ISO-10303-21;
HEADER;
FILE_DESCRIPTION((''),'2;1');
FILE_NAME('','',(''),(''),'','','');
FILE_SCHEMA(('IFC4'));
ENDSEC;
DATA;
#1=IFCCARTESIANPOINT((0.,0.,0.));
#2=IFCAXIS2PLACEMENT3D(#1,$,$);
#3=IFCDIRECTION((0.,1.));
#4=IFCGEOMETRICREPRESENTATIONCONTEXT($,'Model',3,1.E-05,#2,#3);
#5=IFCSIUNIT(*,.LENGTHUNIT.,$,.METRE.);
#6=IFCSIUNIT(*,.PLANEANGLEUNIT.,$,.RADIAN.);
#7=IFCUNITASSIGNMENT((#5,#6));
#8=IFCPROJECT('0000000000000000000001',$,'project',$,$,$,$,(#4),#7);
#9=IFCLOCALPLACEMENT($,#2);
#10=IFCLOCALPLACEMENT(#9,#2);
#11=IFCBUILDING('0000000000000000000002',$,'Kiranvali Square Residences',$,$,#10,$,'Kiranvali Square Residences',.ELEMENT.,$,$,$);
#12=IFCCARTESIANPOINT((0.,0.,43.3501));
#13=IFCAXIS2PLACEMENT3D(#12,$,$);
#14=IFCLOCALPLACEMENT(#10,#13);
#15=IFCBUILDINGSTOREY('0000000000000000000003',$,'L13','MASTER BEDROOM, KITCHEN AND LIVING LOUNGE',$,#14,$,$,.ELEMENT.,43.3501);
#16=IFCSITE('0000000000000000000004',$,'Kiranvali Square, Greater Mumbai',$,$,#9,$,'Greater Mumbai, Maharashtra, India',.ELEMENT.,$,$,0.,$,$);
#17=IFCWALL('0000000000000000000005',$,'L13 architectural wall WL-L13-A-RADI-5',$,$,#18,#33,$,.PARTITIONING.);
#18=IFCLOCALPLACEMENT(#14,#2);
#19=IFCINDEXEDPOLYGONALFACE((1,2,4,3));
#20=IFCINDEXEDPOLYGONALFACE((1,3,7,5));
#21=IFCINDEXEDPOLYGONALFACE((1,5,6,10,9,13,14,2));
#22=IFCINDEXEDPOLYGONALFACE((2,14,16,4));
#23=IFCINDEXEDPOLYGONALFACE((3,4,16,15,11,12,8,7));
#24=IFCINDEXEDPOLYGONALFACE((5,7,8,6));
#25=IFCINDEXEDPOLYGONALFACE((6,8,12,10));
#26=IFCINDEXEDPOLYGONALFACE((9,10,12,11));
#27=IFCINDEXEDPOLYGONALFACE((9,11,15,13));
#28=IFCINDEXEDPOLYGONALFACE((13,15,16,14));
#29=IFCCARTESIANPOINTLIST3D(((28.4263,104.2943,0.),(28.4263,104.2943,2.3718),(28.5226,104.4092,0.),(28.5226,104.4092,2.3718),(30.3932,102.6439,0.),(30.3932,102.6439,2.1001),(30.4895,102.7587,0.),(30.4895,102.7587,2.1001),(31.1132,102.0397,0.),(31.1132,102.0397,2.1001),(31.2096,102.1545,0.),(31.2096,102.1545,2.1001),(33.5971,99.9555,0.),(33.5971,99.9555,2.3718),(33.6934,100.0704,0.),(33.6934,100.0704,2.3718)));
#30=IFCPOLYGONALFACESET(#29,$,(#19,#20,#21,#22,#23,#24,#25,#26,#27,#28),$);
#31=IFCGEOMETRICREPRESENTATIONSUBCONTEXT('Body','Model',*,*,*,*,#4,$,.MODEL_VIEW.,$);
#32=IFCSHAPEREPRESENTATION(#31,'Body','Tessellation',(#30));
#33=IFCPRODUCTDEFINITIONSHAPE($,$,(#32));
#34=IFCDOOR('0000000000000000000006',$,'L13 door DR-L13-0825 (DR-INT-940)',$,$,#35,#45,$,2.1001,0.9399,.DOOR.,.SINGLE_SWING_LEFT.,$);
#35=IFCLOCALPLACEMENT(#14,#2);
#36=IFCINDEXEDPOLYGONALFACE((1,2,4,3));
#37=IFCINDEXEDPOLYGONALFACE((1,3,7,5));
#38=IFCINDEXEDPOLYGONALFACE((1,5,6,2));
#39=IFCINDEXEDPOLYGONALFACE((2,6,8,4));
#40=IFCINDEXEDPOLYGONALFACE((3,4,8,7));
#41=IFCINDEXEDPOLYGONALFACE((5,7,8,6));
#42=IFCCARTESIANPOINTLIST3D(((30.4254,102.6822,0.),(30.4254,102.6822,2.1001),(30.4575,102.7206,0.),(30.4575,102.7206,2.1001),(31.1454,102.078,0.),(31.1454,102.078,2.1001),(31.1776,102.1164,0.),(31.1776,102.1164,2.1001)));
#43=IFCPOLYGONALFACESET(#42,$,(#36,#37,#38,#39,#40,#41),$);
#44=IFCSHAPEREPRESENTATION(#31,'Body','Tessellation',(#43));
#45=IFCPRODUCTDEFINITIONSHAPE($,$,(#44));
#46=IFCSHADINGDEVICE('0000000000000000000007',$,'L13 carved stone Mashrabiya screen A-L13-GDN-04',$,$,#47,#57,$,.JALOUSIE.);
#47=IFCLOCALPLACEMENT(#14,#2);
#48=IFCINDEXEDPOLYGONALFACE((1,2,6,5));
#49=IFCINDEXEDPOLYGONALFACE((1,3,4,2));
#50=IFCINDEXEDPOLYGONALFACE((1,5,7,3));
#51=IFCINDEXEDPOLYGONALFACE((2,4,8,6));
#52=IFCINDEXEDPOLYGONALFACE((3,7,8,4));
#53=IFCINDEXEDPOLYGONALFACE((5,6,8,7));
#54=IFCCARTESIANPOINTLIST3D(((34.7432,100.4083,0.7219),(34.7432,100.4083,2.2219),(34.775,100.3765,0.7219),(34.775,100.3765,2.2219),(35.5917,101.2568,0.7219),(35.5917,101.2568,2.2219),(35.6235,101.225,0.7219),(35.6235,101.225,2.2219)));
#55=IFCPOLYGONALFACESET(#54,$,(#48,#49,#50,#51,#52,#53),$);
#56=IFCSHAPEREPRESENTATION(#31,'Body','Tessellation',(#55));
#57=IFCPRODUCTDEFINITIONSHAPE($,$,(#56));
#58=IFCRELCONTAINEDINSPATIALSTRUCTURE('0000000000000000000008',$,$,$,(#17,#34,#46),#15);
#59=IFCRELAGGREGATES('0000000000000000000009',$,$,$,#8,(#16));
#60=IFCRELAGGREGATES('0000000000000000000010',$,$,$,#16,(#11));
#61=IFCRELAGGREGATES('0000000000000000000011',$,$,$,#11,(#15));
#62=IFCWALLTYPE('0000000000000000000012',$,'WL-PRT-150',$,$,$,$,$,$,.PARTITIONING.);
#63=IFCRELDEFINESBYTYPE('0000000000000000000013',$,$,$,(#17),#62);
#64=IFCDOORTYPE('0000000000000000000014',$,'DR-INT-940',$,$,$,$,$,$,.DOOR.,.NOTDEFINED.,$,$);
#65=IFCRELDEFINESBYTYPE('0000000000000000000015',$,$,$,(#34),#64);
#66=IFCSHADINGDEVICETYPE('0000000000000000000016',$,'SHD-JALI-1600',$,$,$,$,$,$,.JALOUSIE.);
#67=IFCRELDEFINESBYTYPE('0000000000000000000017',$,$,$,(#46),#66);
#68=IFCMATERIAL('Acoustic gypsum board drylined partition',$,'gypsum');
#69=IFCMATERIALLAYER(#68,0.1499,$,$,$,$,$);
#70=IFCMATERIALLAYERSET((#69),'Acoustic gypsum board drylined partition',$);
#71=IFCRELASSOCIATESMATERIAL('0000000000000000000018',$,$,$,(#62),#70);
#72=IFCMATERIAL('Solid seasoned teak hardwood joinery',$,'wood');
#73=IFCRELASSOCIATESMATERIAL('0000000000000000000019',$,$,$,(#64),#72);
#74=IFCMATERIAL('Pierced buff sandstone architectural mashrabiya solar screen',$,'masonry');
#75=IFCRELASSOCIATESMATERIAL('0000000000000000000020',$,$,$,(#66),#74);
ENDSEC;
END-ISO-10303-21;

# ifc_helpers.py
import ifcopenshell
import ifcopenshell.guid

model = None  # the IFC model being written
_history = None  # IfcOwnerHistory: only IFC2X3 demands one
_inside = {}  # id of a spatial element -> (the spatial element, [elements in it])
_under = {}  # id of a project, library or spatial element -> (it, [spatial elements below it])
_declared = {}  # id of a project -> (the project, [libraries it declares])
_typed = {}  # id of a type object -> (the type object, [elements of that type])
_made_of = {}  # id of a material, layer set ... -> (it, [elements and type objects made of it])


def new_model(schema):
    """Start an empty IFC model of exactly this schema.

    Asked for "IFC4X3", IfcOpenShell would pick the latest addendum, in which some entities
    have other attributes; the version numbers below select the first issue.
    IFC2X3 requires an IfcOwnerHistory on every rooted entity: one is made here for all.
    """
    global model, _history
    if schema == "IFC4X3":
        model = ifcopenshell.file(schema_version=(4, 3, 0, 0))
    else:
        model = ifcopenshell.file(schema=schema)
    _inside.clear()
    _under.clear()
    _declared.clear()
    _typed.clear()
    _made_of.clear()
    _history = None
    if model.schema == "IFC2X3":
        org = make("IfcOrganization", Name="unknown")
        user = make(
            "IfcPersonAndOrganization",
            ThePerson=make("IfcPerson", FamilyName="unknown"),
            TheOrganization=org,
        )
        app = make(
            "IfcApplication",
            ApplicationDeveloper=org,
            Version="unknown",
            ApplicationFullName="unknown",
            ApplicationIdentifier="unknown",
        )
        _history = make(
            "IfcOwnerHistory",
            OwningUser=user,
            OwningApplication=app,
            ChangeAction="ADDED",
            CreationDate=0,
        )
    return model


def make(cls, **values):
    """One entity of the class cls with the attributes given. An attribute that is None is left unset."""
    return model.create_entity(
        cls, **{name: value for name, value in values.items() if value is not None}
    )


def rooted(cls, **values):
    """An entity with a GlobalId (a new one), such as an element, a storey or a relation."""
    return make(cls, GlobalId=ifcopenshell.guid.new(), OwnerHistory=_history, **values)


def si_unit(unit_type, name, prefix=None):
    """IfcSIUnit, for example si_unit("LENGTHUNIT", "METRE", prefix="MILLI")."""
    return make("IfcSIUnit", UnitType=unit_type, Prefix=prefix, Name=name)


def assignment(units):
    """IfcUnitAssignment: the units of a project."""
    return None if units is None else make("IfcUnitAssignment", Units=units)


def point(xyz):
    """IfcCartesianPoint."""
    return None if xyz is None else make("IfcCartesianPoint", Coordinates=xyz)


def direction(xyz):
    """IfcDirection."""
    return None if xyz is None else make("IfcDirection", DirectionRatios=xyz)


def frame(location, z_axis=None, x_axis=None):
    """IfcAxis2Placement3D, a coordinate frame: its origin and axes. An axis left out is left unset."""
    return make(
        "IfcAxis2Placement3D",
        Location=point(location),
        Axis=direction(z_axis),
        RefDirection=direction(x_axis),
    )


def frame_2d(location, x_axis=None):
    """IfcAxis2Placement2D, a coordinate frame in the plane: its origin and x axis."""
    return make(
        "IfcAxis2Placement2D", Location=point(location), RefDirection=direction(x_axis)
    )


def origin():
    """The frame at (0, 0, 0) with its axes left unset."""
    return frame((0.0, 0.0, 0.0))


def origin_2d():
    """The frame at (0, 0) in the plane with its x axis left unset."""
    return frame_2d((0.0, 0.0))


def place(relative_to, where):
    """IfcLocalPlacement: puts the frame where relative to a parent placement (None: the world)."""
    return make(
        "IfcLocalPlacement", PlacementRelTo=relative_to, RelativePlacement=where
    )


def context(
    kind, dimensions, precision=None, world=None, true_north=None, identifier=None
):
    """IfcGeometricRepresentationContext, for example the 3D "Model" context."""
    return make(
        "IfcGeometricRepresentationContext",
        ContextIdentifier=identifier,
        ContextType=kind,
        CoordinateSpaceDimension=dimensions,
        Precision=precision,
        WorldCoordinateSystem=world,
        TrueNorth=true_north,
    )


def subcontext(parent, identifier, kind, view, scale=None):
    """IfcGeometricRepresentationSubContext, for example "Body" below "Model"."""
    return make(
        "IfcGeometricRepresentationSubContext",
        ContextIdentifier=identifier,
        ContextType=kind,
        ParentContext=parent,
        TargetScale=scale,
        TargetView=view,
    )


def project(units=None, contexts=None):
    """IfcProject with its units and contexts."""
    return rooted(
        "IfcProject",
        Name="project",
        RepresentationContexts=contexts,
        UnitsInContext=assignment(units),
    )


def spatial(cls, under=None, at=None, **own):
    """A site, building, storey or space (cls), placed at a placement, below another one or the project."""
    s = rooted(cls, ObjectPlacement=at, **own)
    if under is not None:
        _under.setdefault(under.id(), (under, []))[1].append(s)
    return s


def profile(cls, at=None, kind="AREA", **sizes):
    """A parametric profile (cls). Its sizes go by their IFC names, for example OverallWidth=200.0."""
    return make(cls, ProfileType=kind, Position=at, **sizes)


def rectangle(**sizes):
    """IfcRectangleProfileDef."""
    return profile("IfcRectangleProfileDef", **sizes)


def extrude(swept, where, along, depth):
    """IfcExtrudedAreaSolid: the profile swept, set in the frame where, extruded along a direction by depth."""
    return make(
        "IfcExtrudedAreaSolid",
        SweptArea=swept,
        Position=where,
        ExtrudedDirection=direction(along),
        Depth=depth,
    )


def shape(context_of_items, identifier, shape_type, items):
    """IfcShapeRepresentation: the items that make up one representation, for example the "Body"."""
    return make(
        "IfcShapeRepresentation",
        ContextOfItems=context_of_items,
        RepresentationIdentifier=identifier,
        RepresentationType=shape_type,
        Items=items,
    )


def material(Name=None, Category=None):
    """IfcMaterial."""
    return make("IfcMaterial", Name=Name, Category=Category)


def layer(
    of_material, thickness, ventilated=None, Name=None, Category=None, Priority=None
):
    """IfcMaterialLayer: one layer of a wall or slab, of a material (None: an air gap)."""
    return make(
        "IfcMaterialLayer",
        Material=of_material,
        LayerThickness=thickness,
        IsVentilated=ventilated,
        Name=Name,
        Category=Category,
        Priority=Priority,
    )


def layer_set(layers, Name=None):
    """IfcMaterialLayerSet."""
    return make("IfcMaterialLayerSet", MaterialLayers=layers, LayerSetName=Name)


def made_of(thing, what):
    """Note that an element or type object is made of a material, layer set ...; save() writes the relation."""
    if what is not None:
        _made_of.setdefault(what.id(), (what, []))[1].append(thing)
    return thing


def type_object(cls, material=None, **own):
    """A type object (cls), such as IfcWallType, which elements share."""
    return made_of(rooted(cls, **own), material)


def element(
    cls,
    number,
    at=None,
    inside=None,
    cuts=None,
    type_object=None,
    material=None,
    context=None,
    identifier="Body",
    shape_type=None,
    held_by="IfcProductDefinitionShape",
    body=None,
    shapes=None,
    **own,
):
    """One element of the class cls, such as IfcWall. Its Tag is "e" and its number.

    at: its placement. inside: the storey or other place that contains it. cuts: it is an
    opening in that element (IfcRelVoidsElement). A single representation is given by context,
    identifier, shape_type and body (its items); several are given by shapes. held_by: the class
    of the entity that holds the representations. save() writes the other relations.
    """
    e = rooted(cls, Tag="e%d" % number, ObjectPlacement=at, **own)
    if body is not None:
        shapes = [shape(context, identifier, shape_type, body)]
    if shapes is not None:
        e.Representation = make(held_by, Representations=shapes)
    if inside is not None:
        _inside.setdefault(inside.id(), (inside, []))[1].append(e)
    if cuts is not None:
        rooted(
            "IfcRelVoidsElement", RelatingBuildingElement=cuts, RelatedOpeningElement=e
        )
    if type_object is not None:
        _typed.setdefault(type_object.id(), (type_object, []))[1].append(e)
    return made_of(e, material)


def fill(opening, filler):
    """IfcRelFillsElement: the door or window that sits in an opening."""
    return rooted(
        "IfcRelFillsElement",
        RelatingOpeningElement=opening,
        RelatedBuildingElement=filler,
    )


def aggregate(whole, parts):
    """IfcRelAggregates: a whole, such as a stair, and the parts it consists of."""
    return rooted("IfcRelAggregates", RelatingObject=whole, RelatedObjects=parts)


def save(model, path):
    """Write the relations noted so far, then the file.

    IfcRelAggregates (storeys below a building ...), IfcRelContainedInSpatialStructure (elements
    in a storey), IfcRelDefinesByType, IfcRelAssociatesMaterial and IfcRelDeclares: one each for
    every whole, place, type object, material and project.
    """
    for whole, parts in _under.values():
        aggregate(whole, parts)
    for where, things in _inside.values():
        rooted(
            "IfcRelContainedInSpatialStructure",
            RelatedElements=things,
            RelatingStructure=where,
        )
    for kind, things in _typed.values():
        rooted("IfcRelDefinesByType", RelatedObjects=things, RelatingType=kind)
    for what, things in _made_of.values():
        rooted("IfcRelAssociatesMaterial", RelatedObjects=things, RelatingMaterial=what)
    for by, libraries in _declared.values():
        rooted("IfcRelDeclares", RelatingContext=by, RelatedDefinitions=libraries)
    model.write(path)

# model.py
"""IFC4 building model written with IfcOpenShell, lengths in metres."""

from ifc_helpers import new_model, si_unit, direction, frame, frame_2d, origin, origin_2d, place, context, subcontext, project, spatial, rectangle, extrude, material, layer, layer_set, type_object, element, fill, save


model = new_model("IFC4")

# Units and contexts
model_context = context("Model", 3, precision=1e-05, world=origin(), true_north=direction((0.0, 1.0)))
body_context = subcontext(model_context, "Body", "Model", "MODEL_VIEW")
ifc_project = project(units=[si_unit("LENGTHUNIT", "METRE"), si_unit("PLANEANGLEUNIT", "RADIAN")], contexts=[model_context])

# Site, building, storey
site_placement = place(None, origin())
site = spatial("IfcSite", under=ifc_project, at=site_placement, Name="Kiranvali Square, Greater Mumbai", LongName="Greater Mumbai, Maharashtra, India", CompositionType="ELEMENT", RefElevation=0.0)
building_placement = place(site_placement, origin())
building = spatial("IfcBuilding", under=site, at=building_placement, Name="Kiranvali Square Residences", LongName="Kiranvali Square Residences", CompositionType="ELEMENT")
storey_placement = place(building_placement, frame((0.0, 0.0, 43.3501)))
storey = spatial("IfcBuildingStorey", under=building, at=storey_placement, Name="L13", Description="MASTER BEDROOM, KITCHEN AND LIVING LOUNGE", CompositionType="ELEMENT", Elevation=43.3501)

# Wall, opening, door
ifc_material_1 = material(Name="Acoustic gypsum board drylined partition", Category="gypsum")
ifc_layer_1 = layer(ifc_material_1, 0.1499)
ifc_layer_set_1 = layer_set([ifc_layer_1], Name="Acoustic gypsum board drylined partition")
wall_type_1 = type_object("IfcWallType", Name="WL-PRT-150", PredefinedType="PARTITIONING", material=ifc_layer_set_1)
ifc_material_2 = material(Name="Solid seasoned teak hardwood joinery", Category="wood")
door_type_1 = type_object("IfcDoorType", Name="DR-INT-940", OperationType="NOTDEFINED", PredefinedType="DOOR", material=ifc_material_2)
wall_1_placement = place(storey_placement, frame((33.6453, 100.0129, 0.0), z_axis=(0.0, 0.0, 1.0), x_axis=(-0.766047, 0.642785, 0.0)))
wall_1 = element("IfcWall", 1, at=wall_1_placement, inside=storey, type_object=wall_type_1, Name="L13 architectural wall WL-L13-A-RADI-5", PredefinedType="PARTITIONING", context=body_context, shape_type="SweptSolid", body=[
    extrude(rectangle(XDim=6.75, YDim=0.1499, at=frame_2d((3.375, 0.0))), origin(), (0.0, 0.0, 1.0), 2.3718),
])
opening_1_placement = place(wall_1_placement, frame((3.2424, 0.0, 0.0)))
opening_1 = element("IfcOpeningElement", 2, at=opening_1_placement, cuts=wall_1, PredefinedType="OPENING", context=body_context, shape_type="SweptSolid", body=[
    extrude(rectangle(XDim=0.9399, YDim=2.1001, at=frame_2d((0.47, 1.05))), frame((0.0, 0.085, 0.0), z_axis=(0.0, -1.0, 0.0), x_axis=(1.0, 0.0, 0.0)), (0.0, 0.0, 1.0), 0.1699),
])
door_1_placement = place(opening_1_placement, origin())
door_1 = element("IfcDoor", 3, at=door_1_placement, inside=storey, type_object=door_type_1, Name="L13 door DR-L13-0825 (DR-INT-940)", OperationType="SINGLE_SWING_LEFT", OverallHeight=2.1001, OverallWidth=0.9399, PredefinedType="DOOR", context=body_context, shape_type="SweptSolid", body=[
    extrude(rectangle(XDim=0.9399, YDim=2.1001, at=frame_2d((0.47, 1.05))), frame((0.0, 0.0249, 0.0), z_axis=(0.0, -1.0, 0.0), x_axis=(1.0, 0.0, 0.0)), (0.0, 0.0, 1.0), 0.05),
])
fill(opening_1, door_1)

# Shading device
ifc_material_3 = material(Name="Pierced buff sandstone architectural mashrabiya solar screen", Category="masonry")
shading_device_type = type_object("IfcShadingDeviceType", Name="SHD-JALI-1600", PredefinedType="JALOUSIE", material=ifc_material_3)
shading_device_placement = place(storey_placement, frame((35.1833, 100.8167, 0.7219), z_axis=(0.0, 0.0, 1.0), x_axis=(-0.707107, -0.707107, 0.0)))
element("IfcShadingDevice", 4, at=shading_device_placement, inside=storey, type_object=shading_device_type, Name="L13 carved stone Mashrabiya screen A-L13-GDN-04", PredefinedType="JALOUSIE", context=body_context, shape_type="SweptSolid", body=[
    extrude(rectangle(XDim=1.2, YDim=0.0449, at=origin_2d()), origin(), (0.0, 0.0, 1.0), 1.5),
])

save(model, "model.ifc")
